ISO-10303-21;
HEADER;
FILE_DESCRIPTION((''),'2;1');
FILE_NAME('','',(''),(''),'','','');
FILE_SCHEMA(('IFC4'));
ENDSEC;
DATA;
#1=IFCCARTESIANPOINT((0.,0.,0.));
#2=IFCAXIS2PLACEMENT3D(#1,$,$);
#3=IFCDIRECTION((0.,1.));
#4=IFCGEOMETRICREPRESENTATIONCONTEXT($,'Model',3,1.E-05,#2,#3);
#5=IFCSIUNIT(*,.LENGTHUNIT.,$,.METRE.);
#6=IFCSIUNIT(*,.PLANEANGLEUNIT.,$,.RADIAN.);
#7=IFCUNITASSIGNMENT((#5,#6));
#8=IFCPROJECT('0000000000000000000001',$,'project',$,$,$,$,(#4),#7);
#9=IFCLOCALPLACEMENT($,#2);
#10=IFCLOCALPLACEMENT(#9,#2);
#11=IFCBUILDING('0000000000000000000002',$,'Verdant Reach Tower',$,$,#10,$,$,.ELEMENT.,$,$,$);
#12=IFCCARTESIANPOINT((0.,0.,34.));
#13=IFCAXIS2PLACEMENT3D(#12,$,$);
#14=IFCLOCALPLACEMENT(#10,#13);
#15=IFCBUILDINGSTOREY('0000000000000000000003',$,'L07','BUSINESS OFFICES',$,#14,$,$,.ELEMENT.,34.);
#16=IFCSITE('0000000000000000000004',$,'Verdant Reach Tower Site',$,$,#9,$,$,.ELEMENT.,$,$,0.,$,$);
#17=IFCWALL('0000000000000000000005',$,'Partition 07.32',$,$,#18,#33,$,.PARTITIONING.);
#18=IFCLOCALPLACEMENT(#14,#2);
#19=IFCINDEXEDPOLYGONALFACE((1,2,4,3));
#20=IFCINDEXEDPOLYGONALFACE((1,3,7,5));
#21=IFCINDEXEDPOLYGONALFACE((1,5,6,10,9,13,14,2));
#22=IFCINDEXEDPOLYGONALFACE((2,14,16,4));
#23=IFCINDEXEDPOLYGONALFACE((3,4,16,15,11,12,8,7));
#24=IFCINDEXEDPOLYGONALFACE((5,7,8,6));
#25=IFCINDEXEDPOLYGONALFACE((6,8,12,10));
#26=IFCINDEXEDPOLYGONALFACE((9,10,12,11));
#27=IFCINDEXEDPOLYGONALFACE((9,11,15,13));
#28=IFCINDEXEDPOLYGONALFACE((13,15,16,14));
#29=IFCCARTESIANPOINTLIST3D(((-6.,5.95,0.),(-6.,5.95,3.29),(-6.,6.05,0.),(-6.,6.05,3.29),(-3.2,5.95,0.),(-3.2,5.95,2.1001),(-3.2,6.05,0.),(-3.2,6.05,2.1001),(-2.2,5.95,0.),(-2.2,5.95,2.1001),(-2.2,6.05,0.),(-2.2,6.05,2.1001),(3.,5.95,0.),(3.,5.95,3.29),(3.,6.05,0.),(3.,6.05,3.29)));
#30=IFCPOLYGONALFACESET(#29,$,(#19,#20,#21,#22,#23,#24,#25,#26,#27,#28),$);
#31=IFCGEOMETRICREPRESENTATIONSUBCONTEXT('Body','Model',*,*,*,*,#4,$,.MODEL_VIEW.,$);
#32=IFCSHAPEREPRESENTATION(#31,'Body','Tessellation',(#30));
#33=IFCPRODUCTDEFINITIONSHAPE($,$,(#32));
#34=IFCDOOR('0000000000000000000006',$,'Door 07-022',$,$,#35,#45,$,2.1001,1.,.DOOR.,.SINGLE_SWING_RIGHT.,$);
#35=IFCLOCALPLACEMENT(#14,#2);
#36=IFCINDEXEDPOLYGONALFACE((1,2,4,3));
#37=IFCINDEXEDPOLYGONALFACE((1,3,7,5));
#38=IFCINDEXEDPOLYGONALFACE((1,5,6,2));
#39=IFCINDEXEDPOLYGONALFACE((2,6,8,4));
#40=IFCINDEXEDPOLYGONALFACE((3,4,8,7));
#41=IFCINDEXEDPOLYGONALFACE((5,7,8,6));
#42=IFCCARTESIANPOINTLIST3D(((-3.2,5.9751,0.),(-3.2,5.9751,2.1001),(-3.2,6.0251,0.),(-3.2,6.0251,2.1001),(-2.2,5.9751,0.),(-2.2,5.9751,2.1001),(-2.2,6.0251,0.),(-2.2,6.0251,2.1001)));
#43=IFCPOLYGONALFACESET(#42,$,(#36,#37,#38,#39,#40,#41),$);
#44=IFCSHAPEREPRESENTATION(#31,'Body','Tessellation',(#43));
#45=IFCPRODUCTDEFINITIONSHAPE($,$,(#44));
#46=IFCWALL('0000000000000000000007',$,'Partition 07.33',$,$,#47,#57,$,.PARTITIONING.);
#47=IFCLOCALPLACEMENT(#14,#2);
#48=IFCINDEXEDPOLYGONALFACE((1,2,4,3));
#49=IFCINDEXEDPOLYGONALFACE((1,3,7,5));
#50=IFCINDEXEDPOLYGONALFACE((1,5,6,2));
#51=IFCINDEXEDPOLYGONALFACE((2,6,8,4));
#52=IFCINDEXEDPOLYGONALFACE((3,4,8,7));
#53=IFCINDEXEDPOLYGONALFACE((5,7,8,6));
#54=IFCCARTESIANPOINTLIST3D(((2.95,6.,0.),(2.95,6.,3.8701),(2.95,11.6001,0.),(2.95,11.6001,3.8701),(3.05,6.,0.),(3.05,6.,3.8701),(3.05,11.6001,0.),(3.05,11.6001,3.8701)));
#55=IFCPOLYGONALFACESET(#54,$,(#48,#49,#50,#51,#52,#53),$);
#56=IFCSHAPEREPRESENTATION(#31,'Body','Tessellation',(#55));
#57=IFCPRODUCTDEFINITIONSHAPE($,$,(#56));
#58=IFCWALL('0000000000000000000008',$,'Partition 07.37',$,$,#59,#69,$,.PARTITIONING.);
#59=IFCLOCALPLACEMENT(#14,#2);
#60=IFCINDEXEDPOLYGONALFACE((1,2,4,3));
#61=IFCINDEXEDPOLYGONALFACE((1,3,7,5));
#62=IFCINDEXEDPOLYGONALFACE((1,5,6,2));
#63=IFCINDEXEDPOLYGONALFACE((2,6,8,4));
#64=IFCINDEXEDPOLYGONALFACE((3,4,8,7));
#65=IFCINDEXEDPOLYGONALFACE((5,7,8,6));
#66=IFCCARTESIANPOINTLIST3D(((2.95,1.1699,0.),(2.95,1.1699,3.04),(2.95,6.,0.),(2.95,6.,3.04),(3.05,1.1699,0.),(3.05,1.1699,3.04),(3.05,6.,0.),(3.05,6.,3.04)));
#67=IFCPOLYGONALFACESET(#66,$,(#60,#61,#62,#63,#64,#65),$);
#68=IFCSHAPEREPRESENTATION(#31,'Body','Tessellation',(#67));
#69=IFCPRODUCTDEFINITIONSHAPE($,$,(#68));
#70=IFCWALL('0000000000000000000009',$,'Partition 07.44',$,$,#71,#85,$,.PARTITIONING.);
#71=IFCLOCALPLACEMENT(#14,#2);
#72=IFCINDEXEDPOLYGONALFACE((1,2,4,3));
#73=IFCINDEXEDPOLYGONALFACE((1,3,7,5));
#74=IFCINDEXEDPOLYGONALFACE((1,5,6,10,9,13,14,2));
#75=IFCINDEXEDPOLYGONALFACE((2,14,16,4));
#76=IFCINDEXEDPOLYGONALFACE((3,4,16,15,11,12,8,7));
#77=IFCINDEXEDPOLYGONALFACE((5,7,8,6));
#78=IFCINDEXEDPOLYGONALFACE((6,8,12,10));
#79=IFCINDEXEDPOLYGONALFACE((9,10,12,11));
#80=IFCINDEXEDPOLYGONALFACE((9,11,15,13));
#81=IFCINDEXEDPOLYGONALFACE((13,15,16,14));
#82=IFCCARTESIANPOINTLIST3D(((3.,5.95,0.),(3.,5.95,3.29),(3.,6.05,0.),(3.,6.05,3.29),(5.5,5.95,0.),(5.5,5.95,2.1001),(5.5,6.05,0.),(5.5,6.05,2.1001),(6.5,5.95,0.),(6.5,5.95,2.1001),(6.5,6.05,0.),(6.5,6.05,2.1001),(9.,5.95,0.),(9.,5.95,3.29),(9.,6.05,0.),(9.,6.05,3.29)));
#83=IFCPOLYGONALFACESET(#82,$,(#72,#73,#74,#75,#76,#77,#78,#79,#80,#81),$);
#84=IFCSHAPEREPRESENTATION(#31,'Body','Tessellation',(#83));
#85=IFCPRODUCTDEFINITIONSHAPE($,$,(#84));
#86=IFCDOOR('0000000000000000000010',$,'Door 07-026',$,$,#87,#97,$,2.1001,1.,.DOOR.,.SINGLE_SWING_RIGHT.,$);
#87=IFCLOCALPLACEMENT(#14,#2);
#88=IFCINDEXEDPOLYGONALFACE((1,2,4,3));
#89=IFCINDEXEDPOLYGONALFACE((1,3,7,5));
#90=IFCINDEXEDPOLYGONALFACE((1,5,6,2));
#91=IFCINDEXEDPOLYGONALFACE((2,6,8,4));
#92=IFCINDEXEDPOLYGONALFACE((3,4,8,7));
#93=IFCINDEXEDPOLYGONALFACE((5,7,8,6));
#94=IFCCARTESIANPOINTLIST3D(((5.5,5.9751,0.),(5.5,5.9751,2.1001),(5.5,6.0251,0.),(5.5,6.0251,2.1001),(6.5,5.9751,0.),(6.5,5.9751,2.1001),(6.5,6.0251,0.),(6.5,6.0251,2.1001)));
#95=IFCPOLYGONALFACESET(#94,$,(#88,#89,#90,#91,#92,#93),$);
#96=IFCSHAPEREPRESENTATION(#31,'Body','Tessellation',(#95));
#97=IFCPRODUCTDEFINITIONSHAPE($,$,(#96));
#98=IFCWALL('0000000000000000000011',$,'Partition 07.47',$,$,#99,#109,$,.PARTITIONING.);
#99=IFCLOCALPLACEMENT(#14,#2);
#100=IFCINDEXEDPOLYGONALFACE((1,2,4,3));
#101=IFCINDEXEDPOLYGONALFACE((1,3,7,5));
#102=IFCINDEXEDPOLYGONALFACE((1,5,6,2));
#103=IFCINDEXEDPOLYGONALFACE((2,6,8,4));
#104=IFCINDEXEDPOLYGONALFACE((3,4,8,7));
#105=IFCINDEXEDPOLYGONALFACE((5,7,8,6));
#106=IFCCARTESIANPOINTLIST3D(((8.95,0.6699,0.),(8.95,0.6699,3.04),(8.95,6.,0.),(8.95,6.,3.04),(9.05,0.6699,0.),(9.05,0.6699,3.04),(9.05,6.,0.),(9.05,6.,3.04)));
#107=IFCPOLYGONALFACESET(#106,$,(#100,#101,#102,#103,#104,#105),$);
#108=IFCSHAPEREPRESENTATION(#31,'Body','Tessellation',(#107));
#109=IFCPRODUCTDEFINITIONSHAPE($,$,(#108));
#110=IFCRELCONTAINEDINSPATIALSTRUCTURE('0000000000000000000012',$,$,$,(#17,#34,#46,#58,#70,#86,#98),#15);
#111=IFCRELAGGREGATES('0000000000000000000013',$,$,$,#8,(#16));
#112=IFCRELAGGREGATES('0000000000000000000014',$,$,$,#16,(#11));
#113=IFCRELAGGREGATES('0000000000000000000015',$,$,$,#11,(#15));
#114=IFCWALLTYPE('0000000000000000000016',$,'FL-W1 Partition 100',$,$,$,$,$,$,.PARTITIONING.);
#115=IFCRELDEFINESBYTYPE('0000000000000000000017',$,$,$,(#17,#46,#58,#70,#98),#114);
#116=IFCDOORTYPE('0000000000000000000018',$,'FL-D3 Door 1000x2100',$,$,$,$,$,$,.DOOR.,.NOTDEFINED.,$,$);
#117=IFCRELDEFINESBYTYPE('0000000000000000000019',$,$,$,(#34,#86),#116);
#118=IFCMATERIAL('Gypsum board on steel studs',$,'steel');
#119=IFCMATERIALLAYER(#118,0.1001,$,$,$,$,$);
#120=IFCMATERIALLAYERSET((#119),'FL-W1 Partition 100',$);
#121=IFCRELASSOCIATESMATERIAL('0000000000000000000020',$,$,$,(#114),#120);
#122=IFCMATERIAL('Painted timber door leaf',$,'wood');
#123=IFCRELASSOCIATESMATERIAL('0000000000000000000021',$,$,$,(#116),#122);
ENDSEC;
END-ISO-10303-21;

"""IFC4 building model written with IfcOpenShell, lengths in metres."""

from ifc_helpers import new_model, si_unit, direction, frame, frame_2d, origin, place, context, subcontext, project, spatial, rectangle, extrude, material, layer, layer_set, type_object, element, fill, save


model = new_model("IFC4")

# Units and contexts
model_context = context("Model", 3, precision=1e-05, world=origin(), true_north=direction((0.0, 1.0)))
body_context = subcontext(model_context, "Body", "Model", "MODEL_VIEW")
ifc_project = project(units=[si_unit("LENGTHUNIT", "METRE"), si_unit("PLANEANGLEUNIT", "RADIAN")], contexts=[model_context])

# Site, building, storey
site_placement = place(None, origin())
site = spatial("IfcSite", under=ifc_project, at=site_placement, Name="Verdant Reach Tower Site", CompositionType="ELEMENT", RefElevation=0.0)
building_placement = place(site_placement, origin())
building = spatial("IfcBuilding", under=site, at=building_placement, Name="Verdant Reach Tower", CompositionType="ELEMENT")
storey_placement = place(building_placement, frame((0.0, 0.0, 34.0)))
storey = spatial("IfcBuildingStorey", under=building, at=storey_placement, Name="L07", Description="BUSINESS OFFICES", CompositionType="ELEMENT", Elevation=34.0)

# Shared definitions
ifc_material_1 = material(Name="Gypsum board on steel studs", Category="steel")
ifc_layer_1 = layer(ifc_material_1, 0.1001)
ifc_layer_set_1 = layer_set([ifc_layer_1], Name="FL-W1 Partition 100")
wall_type = type_object("IfcWallType", Name="FL-W1 Partition 100", PredefinedType="PARTITIONING", material=ifc_layer_set_1)

# Wall, opening, door
wall_1_placement = place(storey_placement, frame((3.0, 6.0, 0.0), z_axis=(0.0, 0.0, 1.0), x_axis=(-1.0, 0.0, 0.0)))
wall_1 = element("IfcWall", 1, at=wall_1_placement, inside=storey, type_object=wall_type, Name="Partition 07.32", PredefinedType="PARTITIONING", context=body_context, shape_type="SweptSolid", body=[
    extrude(rectangle(XDim=9.0, YDim=0.1001, at=frame_2d((4.5, 0.0))), origin(), (0.0, 0.0, 1.0), 3.29),
])
opening_1_placement = place(wall_1_placement, frame((5.2, 0.0, 0.0)))
opening_1 = element("IfcOpeningElement", 2, at=opening_1_placement, cuts=wall_1, PredefinedType="OPENING", context=body_context, shape_type="SweptSolid", body=[
    extrude(rectangle(XDim=1.0, YDim=2.1001, at=frame_2d((0.5, 1.05))), frame((0.0, 0.0601, 0.0), z_axis=(0.0, -1.0, 0.0), x_axis=(1.0, 0.0, 0.0)), (0.0, 0.0, 1.0), 0.1201),
])
ifc_material_2 = material(Name="Painted timber door leaf", Category="wood")
door_type = type_object("IfcDoorType", Name="FL-D3 Door 1000x2100", OperationType="NOTDEFINED", PredefinedType="DOOR", material=ifc_material_2)
door_1_placement = place(opening_1_placement, origin())
door_1 = element("IfcDoor", 3, at=door_1_placement, inside=storey, type_object=door_type, Name="Door 07-022", OperationType="SINGLE_SWING_RIGHT", OverallHeight=2.1001, OverallWidth=1.0, PredefinedType="DOOR", context=body_context, shape_type="SweptSolid", body=[
    extrude(rectangle(XDim=1.0, YDim=2.1001, at=frame_2d((0.5, 1.05))), frame((0.0, 0.0249, 0.0), z_axis=(0.0, -1.0, 0.0), x_axis=(1.0, 0.0, 0.0)), (0.0, 0.0, 1.0), 0.05),
])
fill(opening_1, door_1)

# Walls
wall_2_placement = place(storey_placement, frame((3.0, 6.0, 0.0), z_axis=(0.0, 0.0, 1.0), x_axis=(0.0, 1.0, 0.0)))
element("IfcWall", 4, at=wall_2_placement, inside=storey, type_object=wall_type, Name="Partition 07.33", PredefinedType="PARTITIONING", context=body_context, shape_type="SweptSolid", body=[
    extrude(rectangle(XDim=5.6001, YDim=0.1001, at=frame_2d((2.8, 0.0))), origin(), (0.0, 0.0, 1.0), 3.8701),
])
wall_3_placement = place(storey_placement, frame((3.0, 1.1699, 0.0), z_axis=(0.0, 0.0, 1.0), x_axis=(0.0, 1.0, 0.0)))
element("IfcWall", 5, at=wall_3_placement, inside=storey, type_object=wall_type, Name="Partition 07.37", PredefinedType="PARTITIONING", context=body_context, shape_type="SweptSolid", body=[
    extrude(rectangle(XDim=4.8301, YDim=0.1001, at=frame_2d((2.415, 0.0))), origin(), (0.0, 0.0, 1.0), 3.04),
])

# Wall, opening, door
wall_4_placement = place(storey_placement, frame((9.0, 6.0, 0.0), z_axis=(0.0, 0.0, 1.0), x_axis=(-1.0, 0.0, 0.0)))
wall_4 = element("IfcWall", 6, at=wall_4_placement, inside=storey, type_object=wall_type, Name="Partition 07.44", PredefinedType="PARTITIONING", context=body_context, shape_type="SweptSolid", body=[
    extrude(rectangle(XDim=6.0, YDim=0.1001, at=frame_2d((3.0, 0.0))), origin(), (0.0, 0.0, 1.0), 3.29),
])
opening_2_placement = place(wall_4_placement, frame((2.5, 0.0, 0.0)))
opening_2 = element("IfcOpeningElement", 7, at=opening_2_placement, cuts=wall_4, PredefinedType="OPENING", context=body_context, shape_type="SweptSolid", body=[
    extrude(rectangle(XDim=1.0, YDim=2.1001, at=frame_2d((0.5, 1.05))), frame((0.0, 0.0601, 0.0), z_axis=(0.0, -1.0, 0.0), x_axis=(1.0, 0.0, 0.0)), (0.0, 0.0, 1.0), 0.1201),
])
door_2_placement = place(opening_2_placement, origin())
door_2 = element("IfcDoor", 8, at=door_2_placement, inside=storey, type_object=door_type, Name="Door 07-026", OperationType="SINGLE_SWING_RIGHT", OverallHeight=2.1001, OverallWidth=1.0, PredefinedType="DOOR", context=body_context, shape_type="SweptSolid", body=[
    extrude(rectangle(XDim=1.0, YDim=2.1001, at=frame_2d((0.5, 1.05))), frame((0.0, 0.0249, 0.0), z_axis=(0.0, -1.0, 0.0), x_axis=(1.0, 0.0, 0.0)), (0.0, 0.0, 1.0), 0.05),
])
fill(opening_2, door_2)

# Wall
wall_5_placement = place(storey_placement, frame((9.0, 0.6699, 0.0), z_axis=(0.0, 0.0, 1.0), x_axis=(0.0, 1.0, 0.0)))
element("IfcWall", 9, at=wall_5_placement, inside=storey, type_object=wall_type, Name="Partition 07.47", PredefinedType="PARTITIONING", context=body_context, shape_type="SweptSolid", body=[
    extrude(rectangle(XDim=5.3301, YDim=0.1001, at=frame_2d((2.665, 0.0))), origin(), (0.0, 0.0, 1.0), 3.04),
])

save(model, "model.ifc")
